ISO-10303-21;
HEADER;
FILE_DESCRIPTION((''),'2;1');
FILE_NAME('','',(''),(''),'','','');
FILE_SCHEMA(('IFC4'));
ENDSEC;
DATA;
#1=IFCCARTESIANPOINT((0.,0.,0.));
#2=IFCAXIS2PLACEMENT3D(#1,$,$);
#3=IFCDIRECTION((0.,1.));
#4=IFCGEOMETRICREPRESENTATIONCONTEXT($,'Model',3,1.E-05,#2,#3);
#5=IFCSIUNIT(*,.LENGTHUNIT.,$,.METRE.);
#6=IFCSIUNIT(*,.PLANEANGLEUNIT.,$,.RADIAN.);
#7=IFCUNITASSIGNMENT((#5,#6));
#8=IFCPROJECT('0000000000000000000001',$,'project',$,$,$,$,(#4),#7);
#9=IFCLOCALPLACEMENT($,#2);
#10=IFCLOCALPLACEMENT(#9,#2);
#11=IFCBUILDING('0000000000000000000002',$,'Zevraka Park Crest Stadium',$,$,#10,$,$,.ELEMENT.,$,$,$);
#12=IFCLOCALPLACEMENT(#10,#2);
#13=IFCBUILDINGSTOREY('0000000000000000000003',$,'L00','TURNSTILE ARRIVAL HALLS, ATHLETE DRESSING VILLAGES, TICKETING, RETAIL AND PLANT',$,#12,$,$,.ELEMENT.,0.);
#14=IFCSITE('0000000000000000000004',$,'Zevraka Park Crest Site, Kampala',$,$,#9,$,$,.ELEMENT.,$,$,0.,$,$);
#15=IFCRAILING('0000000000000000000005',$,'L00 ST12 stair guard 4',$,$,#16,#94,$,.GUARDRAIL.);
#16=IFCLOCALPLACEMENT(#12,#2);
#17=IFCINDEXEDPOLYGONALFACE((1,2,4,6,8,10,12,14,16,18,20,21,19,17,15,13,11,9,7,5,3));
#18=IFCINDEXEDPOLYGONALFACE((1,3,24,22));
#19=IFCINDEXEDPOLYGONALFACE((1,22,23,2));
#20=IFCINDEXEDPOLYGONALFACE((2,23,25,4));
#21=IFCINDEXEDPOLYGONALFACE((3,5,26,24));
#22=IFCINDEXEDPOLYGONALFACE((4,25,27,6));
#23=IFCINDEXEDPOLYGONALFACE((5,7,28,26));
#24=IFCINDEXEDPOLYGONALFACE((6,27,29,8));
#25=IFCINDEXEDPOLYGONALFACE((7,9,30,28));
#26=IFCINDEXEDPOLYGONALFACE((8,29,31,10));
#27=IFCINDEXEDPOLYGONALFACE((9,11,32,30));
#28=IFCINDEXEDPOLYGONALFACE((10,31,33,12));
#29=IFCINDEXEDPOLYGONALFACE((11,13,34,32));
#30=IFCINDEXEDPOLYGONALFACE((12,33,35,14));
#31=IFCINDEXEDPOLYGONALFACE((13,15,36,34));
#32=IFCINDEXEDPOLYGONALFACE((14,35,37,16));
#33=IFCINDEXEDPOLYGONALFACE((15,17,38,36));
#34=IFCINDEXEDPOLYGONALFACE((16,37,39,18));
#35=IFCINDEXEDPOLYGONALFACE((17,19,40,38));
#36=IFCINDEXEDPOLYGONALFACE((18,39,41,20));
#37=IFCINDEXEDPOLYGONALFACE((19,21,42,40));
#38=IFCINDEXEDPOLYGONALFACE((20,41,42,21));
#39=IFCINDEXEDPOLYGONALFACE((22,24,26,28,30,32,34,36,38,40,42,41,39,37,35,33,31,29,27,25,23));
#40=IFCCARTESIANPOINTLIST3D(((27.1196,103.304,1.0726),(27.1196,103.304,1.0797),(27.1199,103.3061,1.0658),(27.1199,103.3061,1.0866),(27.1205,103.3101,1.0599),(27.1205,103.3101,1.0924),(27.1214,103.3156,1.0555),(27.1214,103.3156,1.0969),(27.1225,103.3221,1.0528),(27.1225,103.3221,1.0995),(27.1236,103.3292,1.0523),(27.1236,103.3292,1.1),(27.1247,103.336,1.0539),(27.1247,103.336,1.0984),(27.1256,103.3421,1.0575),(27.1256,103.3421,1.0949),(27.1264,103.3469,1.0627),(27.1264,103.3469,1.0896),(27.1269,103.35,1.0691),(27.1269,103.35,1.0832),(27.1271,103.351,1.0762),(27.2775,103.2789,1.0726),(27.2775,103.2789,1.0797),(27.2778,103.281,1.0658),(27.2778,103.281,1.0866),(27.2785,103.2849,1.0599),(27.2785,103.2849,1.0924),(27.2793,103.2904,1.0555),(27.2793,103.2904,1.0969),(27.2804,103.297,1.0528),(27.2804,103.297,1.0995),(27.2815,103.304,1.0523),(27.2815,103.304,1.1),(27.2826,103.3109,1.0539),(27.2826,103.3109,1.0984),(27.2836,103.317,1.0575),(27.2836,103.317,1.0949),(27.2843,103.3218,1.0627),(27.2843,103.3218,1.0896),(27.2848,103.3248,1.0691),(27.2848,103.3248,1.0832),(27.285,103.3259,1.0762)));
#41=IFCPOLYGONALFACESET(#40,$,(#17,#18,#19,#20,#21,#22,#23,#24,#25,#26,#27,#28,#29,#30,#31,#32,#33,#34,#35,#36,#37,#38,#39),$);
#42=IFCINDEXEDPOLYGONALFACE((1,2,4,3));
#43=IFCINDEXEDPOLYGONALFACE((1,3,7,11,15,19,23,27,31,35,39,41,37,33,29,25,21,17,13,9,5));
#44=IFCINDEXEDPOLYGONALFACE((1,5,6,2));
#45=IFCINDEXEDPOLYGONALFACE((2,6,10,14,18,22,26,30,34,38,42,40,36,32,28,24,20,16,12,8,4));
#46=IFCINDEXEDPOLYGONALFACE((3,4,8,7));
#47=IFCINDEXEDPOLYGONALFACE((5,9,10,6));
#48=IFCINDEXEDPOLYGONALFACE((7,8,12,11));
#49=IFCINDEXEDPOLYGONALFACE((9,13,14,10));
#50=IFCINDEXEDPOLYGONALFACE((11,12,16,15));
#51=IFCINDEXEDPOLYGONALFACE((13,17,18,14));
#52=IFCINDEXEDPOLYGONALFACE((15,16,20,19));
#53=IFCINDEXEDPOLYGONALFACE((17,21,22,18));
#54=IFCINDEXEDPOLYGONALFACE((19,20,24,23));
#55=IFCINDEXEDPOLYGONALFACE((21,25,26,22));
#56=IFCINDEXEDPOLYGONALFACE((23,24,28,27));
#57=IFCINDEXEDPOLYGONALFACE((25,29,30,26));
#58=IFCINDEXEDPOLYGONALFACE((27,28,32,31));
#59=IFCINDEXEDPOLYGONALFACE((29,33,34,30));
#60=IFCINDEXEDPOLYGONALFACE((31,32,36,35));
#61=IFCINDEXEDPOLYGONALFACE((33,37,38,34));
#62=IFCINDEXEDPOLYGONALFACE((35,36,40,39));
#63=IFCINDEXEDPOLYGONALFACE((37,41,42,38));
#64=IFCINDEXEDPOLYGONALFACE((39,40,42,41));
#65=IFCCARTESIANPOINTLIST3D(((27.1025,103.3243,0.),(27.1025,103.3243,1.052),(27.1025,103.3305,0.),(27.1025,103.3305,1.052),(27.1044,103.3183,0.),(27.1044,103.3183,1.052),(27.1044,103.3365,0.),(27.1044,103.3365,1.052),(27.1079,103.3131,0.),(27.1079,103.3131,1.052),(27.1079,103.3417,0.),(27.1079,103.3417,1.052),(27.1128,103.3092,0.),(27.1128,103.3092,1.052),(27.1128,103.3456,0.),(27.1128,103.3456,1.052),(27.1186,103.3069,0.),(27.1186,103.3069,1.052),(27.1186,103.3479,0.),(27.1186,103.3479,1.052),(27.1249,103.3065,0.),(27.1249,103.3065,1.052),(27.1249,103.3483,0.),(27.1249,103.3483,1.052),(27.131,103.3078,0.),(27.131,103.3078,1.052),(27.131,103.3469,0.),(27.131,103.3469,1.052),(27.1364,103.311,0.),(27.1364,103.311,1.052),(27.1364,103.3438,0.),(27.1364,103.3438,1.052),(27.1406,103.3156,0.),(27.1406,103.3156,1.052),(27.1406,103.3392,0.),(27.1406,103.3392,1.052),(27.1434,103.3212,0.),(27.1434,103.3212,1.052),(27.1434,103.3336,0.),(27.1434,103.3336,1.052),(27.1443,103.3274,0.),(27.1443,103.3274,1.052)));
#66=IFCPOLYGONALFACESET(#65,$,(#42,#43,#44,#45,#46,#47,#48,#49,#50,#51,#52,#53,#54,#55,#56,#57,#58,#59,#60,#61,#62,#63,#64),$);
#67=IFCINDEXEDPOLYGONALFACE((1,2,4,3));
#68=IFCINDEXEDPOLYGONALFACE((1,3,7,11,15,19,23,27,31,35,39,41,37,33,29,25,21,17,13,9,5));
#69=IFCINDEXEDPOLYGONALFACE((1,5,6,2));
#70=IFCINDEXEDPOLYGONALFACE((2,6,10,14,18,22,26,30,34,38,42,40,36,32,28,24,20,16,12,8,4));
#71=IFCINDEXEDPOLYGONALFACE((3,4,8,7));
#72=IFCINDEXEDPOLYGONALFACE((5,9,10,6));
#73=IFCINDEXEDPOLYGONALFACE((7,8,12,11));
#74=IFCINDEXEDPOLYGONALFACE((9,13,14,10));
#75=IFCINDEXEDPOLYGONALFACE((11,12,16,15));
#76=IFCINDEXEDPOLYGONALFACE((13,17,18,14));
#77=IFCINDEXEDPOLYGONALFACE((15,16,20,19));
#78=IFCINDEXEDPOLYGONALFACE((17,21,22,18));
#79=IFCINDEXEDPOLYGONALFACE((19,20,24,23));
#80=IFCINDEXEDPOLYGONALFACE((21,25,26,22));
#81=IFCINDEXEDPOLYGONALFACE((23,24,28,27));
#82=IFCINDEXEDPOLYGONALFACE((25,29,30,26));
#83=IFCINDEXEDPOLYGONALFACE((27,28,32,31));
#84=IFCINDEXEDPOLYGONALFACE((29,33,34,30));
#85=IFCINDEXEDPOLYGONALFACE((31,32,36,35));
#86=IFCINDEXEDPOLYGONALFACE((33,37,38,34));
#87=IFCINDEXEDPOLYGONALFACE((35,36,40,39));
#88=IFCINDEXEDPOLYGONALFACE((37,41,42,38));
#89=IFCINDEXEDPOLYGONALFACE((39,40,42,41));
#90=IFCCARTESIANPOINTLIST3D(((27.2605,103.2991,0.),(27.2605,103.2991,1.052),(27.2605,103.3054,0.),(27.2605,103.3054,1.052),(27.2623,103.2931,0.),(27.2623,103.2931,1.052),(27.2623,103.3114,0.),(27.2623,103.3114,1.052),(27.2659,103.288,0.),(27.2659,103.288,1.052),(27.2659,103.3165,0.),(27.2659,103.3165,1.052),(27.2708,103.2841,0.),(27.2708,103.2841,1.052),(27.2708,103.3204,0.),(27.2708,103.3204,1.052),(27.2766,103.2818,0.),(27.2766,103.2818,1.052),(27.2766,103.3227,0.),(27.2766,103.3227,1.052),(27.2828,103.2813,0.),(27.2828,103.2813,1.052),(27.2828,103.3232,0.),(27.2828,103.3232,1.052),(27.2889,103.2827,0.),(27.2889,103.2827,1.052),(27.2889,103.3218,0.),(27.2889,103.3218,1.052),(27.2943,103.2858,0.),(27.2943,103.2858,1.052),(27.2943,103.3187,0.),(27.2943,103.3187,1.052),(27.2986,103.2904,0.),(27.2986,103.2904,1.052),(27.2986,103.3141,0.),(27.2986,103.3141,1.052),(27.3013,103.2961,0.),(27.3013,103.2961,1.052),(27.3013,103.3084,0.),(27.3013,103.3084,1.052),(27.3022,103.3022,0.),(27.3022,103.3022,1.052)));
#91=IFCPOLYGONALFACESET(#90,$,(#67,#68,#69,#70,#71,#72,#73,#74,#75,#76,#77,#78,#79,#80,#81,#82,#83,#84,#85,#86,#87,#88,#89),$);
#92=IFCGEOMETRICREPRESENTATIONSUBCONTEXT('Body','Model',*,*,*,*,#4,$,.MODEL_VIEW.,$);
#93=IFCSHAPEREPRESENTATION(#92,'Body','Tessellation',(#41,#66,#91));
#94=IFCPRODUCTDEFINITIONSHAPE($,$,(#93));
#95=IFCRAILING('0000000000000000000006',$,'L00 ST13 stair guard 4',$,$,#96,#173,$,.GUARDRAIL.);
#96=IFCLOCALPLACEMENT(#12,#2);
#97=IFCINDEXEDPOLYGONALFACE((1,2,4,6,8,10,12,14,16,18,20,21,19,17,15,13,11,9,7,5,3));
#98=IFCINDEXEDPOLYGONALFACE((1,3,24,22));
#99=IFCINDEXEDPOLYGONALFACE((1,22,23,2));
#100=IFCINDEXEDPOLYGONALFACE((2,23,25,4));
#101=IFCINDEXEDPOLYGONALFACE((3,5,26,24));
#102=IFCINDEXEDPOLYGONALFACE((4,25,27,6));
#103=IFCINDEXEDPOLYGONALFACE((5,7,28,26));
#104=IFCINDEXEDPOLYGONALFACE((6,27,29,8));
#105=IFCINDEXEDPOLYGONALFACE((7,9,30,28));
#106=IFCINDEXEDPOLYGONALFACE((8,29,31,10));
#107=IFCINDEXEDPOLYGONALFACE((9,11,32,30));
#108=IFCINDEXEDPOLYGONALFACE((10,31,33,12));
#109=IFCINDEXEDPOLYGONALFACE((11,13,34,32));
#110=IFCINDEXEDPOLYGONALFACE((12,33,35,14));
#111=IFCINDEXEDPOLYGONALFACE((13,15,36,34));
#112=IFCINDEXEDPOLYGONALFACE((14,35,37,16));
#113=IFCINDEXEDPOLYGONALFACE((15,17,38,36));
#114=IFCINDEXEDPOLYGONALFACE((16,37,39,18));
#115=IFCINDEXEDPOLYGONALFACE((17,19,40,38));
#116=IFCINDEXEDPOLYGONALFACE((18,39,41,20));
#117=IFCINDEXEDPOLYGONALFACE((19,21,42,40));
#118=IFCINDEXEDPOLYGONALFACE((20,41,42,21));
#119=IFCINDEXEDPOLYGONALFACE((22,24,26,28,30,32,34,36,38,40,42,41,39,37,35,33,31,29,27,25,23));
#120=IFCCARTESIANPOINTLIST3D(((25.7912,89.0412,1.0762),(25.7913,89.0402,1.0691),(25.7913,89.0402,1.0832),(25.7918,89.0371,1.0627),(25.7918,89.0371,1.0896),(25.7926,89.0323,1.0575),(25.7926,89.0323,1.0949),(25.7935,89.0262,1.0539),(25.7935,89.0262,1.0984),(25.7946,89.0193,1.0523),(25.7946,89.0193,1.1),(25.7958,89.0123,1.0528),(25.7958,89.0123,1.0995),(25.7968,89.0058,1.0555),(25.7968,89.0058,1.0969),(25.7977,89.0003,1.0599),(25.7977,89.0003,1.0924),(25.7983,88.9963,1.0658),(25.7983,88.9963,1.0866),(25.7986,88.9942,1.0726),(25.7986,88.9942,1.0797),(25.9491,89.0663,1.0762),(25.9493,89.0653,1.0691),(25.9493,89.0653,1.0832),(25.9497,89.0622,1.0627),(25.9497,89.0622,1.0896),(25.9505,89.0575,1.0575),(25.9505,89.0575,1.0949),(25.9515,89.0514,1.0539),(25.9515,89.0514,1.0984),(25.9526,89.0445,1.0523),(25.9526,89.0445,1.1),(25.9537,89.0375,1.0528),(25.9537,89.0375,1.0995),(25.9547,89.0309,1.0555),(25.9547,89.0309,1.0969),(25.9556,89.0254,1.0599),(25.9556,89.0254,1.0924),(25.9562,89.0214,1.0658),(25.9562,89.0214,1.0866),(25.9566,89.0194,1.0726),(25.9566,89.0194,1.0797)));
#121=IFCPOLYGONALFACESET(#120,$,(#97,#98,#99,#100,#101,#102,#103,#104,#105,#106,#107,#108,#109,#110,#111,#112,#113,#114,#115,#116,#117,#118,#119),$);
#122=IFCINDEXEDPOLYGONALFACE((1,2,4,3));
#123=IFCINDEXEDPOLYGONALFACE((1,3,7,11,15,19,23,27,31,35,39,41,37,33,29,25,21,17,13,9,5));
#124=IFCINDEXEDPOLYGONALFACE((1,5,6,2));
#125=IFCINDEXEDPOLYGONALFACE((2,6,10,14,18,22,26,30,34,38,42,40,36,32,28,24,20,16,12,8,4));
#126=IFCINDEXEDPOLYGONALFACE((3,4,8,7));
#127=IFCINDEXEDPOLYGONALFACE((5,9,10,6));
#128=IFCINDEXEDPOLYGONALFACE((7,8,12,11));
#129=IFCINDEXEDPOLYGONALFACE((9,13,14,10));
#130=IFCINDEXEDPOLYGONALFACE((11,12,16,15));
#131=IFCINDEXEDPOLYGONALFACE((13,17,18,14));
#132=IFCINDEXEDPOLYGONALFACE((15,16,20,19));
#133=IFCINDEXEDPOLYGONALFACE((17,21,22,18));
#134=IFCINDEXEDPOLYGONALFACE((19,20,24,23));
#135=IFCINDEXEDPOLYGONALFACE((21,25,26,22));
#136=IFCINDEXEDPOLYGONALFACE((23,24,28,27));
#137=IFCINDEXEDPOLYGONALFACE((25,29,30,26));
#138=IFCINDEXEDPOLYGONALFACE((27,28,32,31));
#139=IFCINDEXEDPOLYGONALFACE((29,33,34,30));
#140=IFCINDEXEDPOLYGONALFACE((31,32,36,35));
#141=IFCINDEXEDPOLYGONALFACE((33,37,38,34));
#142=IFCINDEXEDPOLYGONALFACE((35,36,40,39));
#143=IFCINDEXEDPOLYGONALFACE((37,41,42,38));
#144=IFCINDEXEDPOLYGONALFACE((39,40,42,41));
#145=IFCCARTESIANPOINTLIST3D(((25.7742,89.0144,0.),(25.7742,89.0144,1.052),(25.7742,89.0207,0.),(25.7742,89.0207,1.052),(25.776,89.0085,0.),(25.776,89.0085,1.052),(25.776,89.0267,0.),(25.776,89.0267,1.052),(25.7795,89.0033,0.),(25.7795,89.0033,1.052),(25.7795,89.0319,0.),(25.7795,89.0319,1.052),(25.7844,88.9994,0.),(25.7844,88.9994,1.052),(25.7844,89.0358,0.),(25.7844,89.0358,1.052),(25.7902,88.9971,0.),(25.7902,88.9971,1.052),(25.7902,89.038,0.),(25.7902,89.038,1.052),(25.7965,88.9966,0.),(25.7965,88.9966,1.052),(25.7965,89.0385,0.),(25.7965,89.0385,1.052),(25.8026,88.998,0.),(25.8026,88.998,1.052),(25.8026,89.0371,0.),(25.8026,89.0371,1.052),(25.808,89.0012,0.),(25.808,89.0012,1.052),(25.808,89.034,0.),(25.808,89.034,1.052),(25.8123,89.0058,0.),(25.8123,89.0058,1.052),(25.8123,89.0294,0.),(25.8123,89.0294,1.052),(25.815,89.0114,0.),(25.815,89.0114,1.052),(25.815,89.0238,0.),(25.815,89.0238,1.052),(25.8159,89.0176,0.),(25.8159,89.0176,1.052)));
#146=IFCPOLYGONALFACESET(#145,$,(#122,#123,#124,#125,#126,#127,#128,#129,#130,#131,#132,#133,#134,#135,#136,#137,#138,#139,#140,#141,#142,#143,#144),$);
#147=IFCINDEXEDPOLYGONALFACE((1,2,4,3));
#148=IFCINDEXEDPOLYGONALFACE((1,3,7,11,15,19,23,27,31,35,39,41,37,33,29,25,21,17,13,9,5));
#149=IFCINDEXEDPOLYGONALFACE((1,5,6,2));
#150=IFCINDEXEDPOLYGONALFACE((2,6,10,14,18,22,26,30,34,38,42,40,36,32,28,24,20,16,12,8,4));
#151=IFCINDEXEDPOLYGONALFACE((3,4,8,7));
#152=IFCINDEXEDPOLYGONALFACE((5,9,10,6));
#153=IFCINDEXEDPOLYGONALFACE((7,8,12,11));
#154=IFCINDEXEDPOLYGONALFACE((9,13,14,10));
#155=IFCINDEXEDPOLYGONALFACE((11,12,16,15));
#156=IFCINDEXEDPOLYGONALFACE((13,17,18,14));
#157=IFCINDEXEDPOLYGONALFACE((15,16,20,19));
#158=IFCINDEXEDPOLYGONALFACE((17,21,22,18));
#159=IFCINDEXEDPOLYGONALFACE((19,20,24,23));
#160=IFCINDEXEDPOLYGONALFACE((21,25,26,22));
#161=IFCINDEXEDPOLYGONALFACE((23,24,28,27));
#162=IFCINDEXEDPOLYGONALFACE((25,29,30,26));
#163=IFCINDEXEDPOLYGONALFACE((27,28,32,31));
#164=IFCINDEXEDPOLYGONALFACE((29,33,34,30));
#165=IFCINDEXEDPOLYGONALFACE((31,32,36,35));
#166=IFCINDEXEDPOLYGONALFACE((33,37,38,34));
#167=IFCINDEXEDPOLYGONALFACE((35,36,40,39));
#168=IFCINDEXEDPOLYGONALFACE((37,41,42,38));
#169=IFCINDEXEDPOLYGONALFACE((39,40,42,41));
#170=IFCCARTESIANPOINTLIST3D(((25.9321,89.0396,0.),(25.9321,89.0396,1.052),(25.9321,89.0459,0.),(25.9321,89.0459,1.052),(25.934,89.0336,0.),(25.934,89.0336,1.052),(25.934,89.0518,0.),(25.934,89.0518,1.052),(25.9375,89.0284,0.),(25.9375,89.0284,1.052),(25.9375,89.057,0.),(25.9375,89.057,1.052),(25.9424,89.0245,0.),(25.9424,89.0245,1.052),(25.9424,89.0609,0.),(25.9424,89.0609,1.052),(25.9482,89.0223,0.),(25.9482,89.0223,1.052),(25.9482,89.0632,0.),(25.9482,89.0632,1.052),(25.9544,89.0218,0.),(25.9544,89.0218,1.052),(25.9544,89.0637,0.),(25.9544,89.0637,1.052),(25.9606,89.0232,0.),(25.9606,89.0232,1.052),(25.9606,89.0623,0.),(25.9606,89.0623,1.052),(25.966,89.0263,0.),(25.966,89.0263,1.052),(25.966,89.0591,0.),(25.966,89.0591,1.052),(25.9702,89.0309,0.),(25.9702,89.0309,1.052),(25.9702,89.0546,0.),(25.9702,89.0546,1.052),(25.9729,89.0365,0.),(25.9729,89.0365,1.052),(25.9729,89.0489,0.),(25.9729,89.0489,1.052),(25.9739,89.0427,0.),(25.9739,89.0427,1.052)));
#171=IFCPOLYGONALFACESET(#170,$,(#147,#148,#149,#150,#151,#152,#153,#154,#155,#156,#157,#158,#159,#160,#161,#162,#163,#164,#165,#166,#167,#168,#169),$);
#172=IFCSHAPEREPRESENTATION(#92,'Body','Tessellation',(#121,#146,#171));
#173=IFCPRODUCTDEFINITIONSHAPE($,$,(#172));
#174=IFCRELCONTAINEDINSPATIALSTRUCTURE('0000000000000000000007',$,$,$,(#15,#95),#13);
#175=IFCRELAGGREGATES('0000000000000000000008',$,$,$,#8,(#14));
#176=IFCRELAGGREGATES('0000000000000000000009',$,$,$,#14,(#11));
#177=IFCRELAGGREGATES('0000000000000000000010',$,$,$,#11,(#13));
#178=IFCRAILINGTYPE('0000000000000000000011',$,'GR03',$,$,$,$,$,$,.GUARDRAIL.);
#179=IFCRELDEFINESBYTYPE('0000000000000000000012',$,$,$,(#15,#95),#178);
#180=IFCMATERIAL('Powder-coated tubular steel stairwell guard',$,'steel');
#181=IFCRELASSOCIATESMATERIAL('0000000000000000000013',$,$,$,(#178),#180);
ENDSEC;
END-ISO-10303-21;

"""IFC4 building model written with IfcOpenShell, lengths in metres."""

from ifc_helpers import new_model, si_unit, direction, frame, origin, origin_2d, place, context, subcontext, project, spatial, circle, extrude, material, type_object, element, save


model = new_model("IFC4")

# Units and contexts
model_context = context("Model", 3, precision=1e-05, world=origin(), true_north=direction((0.0, 1.0)))
body_context = subcontext(model_context, "Body", "Model", "MODEL_VIEW")
ifc_project = project(units=[si_unit("LENGTHUNIT", "METRE"), si_unit("PLANEANGLEUNIT", "RADIAN")], contexts=[model_context])

# Site, building, storey
site_placement = place(None, origin())
site = spatial("IfcSite", under=ifc_project, at=site_placement, Name="Zevraka Park Crest Site, Kampala", CompositionType="ELEMENT", RefElevation=0.0)
building_placement = place(site_placement, origin())
building = spatial("IfcBuilding", under=site, at=building_placement, Name="Zevraka Park Crest Stadium", CompositionType="ELEMENT")
storey_placement = place(building_placement, origin())
storey = spatial("IfcBuildingStorey", under=building, at=storey_placement, Name="L00", Description="TURNSTILE ARRIVAL HALLS, ATHLETE DRESSING VILLAGES, TICKETING, RETAIL AND PLANT", CompositionType="ELEMENT", Elevation=0.0)

# Railings
ifc_material_1 = material(Name="Powder-coated tubular steel stairwell guard", Category="steel")
railing_type_1 = type_object("IfcRailingType", Name="GR03", PredefinedType="GUARDRAIL", material=ifc_material_1)
railing_1_placement = place(storey_placement, frame((27.1233, 103.3274, 0.0)))
element("IfcRailing", 1, at=railing_1_placement, inside=storey, type_object=railing_type_1, Name="L00 ST12 stair guard 4", PredefinedType="GUARDRAIL", context=body_context, shape_type="SweptSolid", body=[
    extrude(circle(Radius=0.0239, at=origin_2d()), frame((0.0, 0.0, 1.0762), z_axis=(0.987564, -0.157217, 0.0), x_axis=(0.157217, 0.987564, 0.0)), (0.0, 0.0, 1.0), 0.1599),
    extrude(circle(Radius=0.021, at=origin_2d()), origin(), (0.0, 0.0, 1.0), 1.052),
    extrude(circle(Radius=0.021, at=origin_2d()), frame((0.158, -0.0251, 0.0)), (0.0, 0.0, 1.0), 1.052),
])
railing_2_placement = place(storey_placement, frame((25.7949, 89.0176, 0.0)))
element("IfcRailing", 2, at=railing_2_placement, inside=storey, type_object=railing_type_1, Name="L00 ST13 stair guard 4", PredefinedType="GUARDRAIL", context=body_context, shape_type="SweptSolid", body=[
    extrude(circle(Radius=0.0239, at=origin_2d()), frame((0.0, 0.0, 1.0762), z_axis=(0.987564, 0.157217, 0.0), x_axis=(-0.157217, 0.987564, 0.0)), (0.0, 0.0, 1.0), 0.1599),
    extrude(circle(Radius=0.021, at=origin_2d()), origin(), (0.0, 0.0, 1.0), 1.052),
    extrude(circle(Radius=0.021, at=origin_2d()), frame((0.158, 0.0251, 0.0)), (0.0, 0.0, 1.0), 1.052),
])

save(model, "model.ifc")
